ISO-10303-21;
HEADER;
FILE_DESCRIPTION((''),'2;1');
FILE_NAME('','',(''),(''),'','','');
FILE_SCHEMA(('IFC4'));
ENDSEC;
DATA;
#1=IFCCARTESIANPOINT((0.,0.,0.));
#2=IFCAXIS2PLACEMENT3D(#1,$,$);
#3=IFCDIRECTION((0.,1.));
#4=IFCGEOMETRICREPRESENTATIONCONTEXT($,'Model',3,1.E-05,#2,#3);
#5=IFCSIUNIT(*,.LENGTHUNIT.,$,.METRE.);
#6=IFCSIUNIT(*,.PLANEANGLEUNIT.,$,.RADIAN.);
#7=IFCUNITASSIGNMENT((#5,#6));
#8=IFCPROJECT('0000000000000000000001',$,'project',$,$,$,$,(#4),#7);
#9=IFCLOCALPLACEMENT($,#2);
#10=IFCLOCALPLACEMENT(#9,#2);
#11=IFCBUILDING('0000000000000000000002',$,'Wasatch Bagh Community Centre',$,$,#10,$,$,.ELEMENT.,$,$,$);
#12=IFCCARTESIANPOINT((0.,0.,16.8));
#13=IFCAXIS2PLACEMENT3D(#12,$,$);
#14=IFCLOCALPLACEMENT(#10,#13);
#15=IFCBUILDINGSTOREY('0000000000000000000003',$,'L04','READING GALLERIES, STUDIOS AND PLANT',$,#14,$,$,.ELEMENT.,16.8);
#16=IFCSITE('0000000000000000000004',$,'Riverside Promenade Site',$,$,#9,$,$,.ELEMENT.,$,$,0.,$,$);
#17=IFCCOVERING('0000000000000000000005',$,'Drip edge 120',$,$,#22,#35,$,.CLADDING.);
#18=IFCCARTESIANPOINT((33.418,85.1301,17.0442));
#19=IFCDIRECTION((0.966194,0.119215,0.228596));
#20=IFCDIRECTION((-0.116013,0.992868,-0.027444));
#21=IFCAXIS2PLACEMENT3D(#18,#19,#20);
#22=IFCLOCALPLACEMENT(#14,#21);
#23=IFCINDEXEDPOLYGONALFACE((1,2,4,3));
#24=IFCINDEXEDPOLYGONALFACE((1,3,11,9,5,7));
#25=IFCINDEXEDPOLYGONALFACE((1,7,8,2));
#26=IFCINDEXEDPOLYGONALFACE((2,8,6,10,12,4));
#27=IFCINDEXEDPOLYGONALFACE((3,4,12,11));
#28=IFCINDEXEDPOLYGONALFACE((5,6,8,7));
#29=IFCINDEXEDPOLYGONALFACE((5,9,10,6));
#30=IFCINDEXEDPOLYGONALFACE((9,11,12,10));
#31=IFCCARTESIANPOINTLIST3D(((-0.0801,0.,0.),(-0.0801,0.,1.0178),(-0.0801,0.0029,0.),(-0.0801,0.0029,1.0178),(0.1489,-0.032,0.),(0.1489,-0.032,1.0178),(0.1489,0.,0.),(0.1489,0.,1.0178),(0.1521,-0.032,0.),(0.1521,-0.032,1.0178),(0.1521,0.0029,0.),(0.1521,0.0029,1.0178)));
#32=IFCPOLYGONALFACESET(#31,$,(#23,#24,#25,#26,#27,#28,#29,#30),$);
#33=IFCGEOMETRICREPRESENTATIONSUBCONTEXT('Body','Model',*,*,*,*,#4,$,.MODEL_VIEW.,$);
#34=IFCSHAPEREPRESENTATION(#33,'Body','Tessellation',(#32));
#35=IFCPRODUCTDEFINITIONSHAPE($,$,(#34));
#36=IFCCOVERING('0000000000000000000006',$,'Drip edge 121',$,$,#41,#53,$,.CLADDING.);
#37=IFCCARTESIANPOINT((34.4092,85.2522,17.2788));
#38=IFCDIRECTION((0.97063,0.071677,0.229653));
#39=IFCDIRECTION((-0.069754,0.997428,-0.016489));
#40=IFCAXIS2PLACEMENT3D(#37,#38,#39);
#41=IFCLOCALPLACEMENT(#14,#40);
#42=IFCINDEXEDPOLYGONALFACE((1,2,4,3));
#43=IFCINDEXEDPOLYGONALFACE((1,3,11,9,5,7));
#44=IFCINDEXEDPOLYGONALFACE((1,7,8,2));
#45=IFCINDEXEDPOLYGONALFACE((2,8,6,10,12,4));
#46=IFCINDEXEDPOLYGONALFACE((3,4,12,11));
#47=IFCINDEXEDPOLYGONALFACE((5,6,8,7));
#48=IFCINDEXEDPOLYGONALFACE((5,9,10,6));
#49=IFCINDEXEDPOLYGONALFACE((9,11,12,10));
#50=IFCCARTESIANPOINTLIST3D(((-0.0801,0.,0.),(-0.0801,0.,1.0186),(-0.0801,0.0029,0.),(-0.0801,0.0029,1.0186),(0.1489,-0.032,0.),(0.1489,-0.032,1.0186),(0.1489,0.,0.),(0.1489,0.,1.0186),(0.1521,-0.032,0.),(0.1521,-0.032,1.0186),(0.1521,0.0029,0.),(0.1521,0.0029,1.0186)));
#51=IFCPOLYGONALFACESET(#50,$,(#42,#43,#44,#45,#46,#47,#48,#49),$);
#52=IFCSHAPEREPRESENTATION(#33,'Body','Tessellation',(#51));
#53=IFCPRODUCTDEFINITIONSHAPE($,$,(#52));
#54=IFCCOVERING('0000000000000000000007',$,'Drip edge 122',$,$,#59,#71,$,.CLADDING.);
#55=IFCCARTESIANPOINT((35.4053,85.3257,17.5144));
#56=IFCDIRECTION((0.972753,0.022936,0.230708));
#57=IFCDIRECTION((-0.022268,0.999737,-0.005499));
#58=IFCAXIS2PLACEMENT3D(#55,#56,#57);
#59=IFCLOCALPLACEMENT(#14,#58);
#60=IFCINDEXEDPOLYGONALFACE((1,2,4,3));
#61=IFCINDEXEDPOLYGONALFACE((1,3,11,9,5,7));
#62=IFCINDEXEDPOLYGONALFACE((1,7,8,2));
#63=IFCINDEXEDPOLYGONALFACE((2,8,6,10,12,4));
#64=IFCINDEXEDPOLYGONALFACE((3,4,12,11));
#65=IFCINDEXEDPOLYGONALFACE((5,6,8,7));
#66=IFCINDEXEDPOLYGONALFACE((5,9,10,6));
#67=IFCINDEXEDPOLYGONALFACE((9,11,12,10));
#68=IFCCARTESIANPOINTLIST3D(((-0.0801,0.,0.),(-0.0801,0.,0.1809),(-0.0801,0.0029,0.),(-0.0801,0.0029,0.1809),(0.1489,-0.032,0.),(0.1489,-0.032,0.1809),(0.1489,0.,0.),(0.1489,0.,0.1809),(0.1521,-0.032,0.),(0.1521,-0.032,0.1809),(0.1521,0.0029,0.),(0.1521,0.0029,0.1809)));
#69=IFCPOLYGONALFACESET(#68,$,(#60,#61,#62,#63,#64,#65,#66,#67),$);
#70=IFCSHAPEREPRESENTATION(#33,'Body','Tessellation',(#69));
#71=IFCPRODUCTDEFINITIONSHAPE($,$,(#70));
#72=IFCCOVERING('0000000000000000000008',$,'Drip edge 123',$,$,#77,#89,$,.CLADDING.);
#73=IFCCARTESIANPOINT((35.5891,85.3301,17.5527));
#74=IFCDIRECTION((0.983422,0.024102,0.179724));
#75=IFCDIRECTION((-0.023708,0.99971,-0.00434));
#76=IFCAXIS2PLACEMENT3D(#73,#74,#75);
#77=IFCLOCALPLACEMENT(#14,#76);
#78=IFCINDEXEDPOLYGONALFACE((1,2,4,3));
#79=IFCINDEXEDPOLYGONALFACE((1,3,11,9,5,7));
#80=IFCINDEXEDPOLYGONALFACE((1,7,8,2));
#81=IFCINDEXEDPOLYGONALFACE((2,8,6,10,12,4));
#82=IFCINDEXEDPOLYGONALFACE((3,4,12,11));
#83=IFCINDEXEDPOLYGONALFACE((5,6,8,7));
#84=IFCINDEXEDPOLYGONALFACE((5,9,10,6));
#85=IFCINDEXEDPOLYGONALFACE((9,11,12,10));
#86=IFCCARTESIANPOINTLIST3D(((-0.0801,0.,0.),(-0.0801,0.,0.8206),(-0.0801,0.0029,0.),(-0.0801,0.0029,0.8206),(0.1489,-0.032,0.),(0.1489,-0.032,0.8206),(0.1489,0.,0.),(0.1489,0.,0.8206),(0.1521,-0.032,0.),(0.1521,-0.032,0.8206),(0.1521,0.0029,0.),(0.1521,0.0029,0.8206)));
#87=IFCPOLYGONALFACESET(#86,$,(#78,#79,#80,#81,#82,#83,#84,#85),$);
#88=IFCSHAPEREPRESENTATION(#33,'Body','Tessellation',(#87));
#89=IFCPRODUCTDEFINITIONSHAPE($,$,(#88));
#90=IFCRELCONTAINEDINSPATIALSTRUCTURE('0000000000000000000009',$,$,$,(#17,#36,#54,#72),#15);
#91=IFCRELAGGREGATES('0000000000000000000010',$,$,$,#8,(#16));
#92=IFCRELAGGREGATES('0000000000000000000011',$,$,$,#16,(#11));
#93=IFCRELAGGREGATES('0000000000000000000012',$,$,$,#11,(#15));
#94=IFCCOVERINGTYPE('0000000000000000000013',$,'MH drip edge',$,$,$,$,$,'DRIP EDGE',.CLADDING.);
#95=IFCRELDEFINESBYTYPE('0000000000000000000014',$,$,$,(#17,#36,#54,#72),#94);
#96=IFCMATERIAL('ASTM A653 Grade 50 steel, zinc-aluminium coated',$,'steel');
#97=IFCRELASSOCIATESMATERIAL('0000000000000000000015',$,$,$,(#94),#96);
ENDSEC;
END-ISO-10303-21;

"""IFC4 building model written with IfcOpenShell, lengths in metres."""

from ifc_helpers import new_model, si_unit, direction, frame, origin, place, context, subcontext, project, spatial, polyline, outline, extrude, material, material_profile, profile_set, type_object, element, save


model = new_model("IFC4")

# Units and contexts
model_context = context("Model", 3, precision=1e-05, world=origin(), true_north=direction((0.0, 1.0)))
body_context = subcontext(model_context, "Body", "Model", "MODEL_VIEW")
ifc_project = project(units=[si_unit("LENGTHUNIT", "METRE"), si_unit("PLANEANGLEUNIT", "RADIAN")], contexts=[model_context])

# Site, building, storey
site_placement = place(None, origin())
site = spatial("IfcSite", under=ifc_project, at=site_placement, Name="Riverside Promenade Site", CompositionType="ELEMENT", RefElevation=0.0)
building_placement = place(site_placement, origin())
building = spatial("IfcBuilding", under=site, at=building_placement, Name="Wasatch Bagh Community Centre", CompositionType="ELEMENT")
storey_placement = place(building_placement, frame((0.0, 0.0, 16.8)))
storey = spatial("IfcBuildingStorey", under=building, at=storey_placement, Name="L04", Description="READING GALLERIES, STUDIOS AND PLANT", CompositionType="ELEMENT", Elevation=16.8)

# Coverings
ifc_material_1 = material(Name="ASTM A653 Grade 50 steel, zinc-aluminium coated", Category="steel")
ifc_material_profile_1 = material_profile(ifc_material_1, outline(polyline([(-0.0801, 0.0029), (0.1521, 0.0029), (0.1521, -0.032), (0.1489, -0.032), (0.1489, 0.0), (-0.0801, 0.0), (-0.0801, 0.0029)])), Name="DRIP EDGE")
ifc_profile_set_1 = profile_set([ifc_material_profile_1], Name="ASTM A653 Grade 50 steel, zinc-aluminium coated")
covering_type_1 = type_object("IfcCoveringType", Name="MH drip edge", ElementType="DRIP EDGE", PredefinedType="CLADDING", material=ifc_profile_set_1)
covering_1_placement = place(storey_placement, frame((33.418, 85.1301, 17.0442), z_axis=(0.966194, 0.119215, 0.228596), x_axis=(-0.116013, 0.992868, -0.027444)))
element("IfcCovering", 1, at=covering_1_placement, inside=storey, type_object=covering_type_1, Name="Drip edge 120", PredefinedType="CLADDING", context=body_context, shape_type="SweptSolid", body=[
    extrude(outline(polyline([(-0.0801, 0.0029), (0.1521, 0.0029), (0.1521, -0.032), (0.1489, -0.032), (0.1489, 0.0), (-0.0801, 0.0), (-0.0801, 0.0029)])), origin(), (0.0, 0.0, 1.0), 1.0178),
])
covering_2_placement = place(storey_placement, frame((34.4092, 85.2522, 17.2788), z_axis=(0.97063, 0.071677, 0.229653), x_axis=(-0.069754, 0.997428, -0.016489)))
element("IfcCovering", 2, at=covering_2_placement, inside=storey, type_object=covering_type_1, Name="Drip edge 121", PredefinedType="CLADDING", context=body_context, shape_type="SweptSolid", body=[
    extrude(outline(polyline([(-0.0801, 0.0029), (0.1521, 0.0029), (0.1521, -0.032), (0.1489, -0.032), (0.1489, 0.0), (-0.0801, 0.0), (-0.0801, 0.0029)])), origin(), (0.0, 0.0, 1.0), 1.0186),
])
covering_3_placement = place(storey_placement, frame((35.4053, 85.3257, 17.5144), z_axis=(0.972753, 0.022936, 0.230708), x_axis=(-0.022268, 0.999737, -0.005499)))
element("IfcCovering", 3, at=covering_3_placement, inside=storey, type_object=covering_type_1, Name="Drip edge 122", PredefinedType="CLADDING", context=body_context, shape_type="SweptSolid", body=[
    extrude(outline(polyline([(-0.0801, 0.0029), (0.1521, 0.0029), (0.1521, -0.032), (0.1489, -0.032), (0.1489, 0.0), (-0.0801, 0.0), (-0.0801, 0.0029)])), origin(), (0.0, 0.0, 1.0), 0.1809),
])
covering_4_placement = place(storey_placement, frame((35.5891, 85.3301, 17.5527), z_axis=(0.983422, 0.024102, 0.179724), x_axis=(-0.023708, 0.99971, -0.00434)))
element("IfcCovering", 4, at=covering_4_placement, inside=storey, type_object=covering_type_1, Name="Drip edge 123", PredefinedType="CLADDING", context=body_context, shape_type="SweptSolid", body=[
    extrude(outline(polyline([(-0.0801, 0.0029), (0.1521, 0.0029), (0.1521, -0.032), (0.1489, -0.032), (0.1489, 0.0), (-0.0801, 0.0), (-0.0801, 0.0029)])), origin(), (0.0, 0.0, 1.0), 0.8206),
])

save(model, "model.ifc")
